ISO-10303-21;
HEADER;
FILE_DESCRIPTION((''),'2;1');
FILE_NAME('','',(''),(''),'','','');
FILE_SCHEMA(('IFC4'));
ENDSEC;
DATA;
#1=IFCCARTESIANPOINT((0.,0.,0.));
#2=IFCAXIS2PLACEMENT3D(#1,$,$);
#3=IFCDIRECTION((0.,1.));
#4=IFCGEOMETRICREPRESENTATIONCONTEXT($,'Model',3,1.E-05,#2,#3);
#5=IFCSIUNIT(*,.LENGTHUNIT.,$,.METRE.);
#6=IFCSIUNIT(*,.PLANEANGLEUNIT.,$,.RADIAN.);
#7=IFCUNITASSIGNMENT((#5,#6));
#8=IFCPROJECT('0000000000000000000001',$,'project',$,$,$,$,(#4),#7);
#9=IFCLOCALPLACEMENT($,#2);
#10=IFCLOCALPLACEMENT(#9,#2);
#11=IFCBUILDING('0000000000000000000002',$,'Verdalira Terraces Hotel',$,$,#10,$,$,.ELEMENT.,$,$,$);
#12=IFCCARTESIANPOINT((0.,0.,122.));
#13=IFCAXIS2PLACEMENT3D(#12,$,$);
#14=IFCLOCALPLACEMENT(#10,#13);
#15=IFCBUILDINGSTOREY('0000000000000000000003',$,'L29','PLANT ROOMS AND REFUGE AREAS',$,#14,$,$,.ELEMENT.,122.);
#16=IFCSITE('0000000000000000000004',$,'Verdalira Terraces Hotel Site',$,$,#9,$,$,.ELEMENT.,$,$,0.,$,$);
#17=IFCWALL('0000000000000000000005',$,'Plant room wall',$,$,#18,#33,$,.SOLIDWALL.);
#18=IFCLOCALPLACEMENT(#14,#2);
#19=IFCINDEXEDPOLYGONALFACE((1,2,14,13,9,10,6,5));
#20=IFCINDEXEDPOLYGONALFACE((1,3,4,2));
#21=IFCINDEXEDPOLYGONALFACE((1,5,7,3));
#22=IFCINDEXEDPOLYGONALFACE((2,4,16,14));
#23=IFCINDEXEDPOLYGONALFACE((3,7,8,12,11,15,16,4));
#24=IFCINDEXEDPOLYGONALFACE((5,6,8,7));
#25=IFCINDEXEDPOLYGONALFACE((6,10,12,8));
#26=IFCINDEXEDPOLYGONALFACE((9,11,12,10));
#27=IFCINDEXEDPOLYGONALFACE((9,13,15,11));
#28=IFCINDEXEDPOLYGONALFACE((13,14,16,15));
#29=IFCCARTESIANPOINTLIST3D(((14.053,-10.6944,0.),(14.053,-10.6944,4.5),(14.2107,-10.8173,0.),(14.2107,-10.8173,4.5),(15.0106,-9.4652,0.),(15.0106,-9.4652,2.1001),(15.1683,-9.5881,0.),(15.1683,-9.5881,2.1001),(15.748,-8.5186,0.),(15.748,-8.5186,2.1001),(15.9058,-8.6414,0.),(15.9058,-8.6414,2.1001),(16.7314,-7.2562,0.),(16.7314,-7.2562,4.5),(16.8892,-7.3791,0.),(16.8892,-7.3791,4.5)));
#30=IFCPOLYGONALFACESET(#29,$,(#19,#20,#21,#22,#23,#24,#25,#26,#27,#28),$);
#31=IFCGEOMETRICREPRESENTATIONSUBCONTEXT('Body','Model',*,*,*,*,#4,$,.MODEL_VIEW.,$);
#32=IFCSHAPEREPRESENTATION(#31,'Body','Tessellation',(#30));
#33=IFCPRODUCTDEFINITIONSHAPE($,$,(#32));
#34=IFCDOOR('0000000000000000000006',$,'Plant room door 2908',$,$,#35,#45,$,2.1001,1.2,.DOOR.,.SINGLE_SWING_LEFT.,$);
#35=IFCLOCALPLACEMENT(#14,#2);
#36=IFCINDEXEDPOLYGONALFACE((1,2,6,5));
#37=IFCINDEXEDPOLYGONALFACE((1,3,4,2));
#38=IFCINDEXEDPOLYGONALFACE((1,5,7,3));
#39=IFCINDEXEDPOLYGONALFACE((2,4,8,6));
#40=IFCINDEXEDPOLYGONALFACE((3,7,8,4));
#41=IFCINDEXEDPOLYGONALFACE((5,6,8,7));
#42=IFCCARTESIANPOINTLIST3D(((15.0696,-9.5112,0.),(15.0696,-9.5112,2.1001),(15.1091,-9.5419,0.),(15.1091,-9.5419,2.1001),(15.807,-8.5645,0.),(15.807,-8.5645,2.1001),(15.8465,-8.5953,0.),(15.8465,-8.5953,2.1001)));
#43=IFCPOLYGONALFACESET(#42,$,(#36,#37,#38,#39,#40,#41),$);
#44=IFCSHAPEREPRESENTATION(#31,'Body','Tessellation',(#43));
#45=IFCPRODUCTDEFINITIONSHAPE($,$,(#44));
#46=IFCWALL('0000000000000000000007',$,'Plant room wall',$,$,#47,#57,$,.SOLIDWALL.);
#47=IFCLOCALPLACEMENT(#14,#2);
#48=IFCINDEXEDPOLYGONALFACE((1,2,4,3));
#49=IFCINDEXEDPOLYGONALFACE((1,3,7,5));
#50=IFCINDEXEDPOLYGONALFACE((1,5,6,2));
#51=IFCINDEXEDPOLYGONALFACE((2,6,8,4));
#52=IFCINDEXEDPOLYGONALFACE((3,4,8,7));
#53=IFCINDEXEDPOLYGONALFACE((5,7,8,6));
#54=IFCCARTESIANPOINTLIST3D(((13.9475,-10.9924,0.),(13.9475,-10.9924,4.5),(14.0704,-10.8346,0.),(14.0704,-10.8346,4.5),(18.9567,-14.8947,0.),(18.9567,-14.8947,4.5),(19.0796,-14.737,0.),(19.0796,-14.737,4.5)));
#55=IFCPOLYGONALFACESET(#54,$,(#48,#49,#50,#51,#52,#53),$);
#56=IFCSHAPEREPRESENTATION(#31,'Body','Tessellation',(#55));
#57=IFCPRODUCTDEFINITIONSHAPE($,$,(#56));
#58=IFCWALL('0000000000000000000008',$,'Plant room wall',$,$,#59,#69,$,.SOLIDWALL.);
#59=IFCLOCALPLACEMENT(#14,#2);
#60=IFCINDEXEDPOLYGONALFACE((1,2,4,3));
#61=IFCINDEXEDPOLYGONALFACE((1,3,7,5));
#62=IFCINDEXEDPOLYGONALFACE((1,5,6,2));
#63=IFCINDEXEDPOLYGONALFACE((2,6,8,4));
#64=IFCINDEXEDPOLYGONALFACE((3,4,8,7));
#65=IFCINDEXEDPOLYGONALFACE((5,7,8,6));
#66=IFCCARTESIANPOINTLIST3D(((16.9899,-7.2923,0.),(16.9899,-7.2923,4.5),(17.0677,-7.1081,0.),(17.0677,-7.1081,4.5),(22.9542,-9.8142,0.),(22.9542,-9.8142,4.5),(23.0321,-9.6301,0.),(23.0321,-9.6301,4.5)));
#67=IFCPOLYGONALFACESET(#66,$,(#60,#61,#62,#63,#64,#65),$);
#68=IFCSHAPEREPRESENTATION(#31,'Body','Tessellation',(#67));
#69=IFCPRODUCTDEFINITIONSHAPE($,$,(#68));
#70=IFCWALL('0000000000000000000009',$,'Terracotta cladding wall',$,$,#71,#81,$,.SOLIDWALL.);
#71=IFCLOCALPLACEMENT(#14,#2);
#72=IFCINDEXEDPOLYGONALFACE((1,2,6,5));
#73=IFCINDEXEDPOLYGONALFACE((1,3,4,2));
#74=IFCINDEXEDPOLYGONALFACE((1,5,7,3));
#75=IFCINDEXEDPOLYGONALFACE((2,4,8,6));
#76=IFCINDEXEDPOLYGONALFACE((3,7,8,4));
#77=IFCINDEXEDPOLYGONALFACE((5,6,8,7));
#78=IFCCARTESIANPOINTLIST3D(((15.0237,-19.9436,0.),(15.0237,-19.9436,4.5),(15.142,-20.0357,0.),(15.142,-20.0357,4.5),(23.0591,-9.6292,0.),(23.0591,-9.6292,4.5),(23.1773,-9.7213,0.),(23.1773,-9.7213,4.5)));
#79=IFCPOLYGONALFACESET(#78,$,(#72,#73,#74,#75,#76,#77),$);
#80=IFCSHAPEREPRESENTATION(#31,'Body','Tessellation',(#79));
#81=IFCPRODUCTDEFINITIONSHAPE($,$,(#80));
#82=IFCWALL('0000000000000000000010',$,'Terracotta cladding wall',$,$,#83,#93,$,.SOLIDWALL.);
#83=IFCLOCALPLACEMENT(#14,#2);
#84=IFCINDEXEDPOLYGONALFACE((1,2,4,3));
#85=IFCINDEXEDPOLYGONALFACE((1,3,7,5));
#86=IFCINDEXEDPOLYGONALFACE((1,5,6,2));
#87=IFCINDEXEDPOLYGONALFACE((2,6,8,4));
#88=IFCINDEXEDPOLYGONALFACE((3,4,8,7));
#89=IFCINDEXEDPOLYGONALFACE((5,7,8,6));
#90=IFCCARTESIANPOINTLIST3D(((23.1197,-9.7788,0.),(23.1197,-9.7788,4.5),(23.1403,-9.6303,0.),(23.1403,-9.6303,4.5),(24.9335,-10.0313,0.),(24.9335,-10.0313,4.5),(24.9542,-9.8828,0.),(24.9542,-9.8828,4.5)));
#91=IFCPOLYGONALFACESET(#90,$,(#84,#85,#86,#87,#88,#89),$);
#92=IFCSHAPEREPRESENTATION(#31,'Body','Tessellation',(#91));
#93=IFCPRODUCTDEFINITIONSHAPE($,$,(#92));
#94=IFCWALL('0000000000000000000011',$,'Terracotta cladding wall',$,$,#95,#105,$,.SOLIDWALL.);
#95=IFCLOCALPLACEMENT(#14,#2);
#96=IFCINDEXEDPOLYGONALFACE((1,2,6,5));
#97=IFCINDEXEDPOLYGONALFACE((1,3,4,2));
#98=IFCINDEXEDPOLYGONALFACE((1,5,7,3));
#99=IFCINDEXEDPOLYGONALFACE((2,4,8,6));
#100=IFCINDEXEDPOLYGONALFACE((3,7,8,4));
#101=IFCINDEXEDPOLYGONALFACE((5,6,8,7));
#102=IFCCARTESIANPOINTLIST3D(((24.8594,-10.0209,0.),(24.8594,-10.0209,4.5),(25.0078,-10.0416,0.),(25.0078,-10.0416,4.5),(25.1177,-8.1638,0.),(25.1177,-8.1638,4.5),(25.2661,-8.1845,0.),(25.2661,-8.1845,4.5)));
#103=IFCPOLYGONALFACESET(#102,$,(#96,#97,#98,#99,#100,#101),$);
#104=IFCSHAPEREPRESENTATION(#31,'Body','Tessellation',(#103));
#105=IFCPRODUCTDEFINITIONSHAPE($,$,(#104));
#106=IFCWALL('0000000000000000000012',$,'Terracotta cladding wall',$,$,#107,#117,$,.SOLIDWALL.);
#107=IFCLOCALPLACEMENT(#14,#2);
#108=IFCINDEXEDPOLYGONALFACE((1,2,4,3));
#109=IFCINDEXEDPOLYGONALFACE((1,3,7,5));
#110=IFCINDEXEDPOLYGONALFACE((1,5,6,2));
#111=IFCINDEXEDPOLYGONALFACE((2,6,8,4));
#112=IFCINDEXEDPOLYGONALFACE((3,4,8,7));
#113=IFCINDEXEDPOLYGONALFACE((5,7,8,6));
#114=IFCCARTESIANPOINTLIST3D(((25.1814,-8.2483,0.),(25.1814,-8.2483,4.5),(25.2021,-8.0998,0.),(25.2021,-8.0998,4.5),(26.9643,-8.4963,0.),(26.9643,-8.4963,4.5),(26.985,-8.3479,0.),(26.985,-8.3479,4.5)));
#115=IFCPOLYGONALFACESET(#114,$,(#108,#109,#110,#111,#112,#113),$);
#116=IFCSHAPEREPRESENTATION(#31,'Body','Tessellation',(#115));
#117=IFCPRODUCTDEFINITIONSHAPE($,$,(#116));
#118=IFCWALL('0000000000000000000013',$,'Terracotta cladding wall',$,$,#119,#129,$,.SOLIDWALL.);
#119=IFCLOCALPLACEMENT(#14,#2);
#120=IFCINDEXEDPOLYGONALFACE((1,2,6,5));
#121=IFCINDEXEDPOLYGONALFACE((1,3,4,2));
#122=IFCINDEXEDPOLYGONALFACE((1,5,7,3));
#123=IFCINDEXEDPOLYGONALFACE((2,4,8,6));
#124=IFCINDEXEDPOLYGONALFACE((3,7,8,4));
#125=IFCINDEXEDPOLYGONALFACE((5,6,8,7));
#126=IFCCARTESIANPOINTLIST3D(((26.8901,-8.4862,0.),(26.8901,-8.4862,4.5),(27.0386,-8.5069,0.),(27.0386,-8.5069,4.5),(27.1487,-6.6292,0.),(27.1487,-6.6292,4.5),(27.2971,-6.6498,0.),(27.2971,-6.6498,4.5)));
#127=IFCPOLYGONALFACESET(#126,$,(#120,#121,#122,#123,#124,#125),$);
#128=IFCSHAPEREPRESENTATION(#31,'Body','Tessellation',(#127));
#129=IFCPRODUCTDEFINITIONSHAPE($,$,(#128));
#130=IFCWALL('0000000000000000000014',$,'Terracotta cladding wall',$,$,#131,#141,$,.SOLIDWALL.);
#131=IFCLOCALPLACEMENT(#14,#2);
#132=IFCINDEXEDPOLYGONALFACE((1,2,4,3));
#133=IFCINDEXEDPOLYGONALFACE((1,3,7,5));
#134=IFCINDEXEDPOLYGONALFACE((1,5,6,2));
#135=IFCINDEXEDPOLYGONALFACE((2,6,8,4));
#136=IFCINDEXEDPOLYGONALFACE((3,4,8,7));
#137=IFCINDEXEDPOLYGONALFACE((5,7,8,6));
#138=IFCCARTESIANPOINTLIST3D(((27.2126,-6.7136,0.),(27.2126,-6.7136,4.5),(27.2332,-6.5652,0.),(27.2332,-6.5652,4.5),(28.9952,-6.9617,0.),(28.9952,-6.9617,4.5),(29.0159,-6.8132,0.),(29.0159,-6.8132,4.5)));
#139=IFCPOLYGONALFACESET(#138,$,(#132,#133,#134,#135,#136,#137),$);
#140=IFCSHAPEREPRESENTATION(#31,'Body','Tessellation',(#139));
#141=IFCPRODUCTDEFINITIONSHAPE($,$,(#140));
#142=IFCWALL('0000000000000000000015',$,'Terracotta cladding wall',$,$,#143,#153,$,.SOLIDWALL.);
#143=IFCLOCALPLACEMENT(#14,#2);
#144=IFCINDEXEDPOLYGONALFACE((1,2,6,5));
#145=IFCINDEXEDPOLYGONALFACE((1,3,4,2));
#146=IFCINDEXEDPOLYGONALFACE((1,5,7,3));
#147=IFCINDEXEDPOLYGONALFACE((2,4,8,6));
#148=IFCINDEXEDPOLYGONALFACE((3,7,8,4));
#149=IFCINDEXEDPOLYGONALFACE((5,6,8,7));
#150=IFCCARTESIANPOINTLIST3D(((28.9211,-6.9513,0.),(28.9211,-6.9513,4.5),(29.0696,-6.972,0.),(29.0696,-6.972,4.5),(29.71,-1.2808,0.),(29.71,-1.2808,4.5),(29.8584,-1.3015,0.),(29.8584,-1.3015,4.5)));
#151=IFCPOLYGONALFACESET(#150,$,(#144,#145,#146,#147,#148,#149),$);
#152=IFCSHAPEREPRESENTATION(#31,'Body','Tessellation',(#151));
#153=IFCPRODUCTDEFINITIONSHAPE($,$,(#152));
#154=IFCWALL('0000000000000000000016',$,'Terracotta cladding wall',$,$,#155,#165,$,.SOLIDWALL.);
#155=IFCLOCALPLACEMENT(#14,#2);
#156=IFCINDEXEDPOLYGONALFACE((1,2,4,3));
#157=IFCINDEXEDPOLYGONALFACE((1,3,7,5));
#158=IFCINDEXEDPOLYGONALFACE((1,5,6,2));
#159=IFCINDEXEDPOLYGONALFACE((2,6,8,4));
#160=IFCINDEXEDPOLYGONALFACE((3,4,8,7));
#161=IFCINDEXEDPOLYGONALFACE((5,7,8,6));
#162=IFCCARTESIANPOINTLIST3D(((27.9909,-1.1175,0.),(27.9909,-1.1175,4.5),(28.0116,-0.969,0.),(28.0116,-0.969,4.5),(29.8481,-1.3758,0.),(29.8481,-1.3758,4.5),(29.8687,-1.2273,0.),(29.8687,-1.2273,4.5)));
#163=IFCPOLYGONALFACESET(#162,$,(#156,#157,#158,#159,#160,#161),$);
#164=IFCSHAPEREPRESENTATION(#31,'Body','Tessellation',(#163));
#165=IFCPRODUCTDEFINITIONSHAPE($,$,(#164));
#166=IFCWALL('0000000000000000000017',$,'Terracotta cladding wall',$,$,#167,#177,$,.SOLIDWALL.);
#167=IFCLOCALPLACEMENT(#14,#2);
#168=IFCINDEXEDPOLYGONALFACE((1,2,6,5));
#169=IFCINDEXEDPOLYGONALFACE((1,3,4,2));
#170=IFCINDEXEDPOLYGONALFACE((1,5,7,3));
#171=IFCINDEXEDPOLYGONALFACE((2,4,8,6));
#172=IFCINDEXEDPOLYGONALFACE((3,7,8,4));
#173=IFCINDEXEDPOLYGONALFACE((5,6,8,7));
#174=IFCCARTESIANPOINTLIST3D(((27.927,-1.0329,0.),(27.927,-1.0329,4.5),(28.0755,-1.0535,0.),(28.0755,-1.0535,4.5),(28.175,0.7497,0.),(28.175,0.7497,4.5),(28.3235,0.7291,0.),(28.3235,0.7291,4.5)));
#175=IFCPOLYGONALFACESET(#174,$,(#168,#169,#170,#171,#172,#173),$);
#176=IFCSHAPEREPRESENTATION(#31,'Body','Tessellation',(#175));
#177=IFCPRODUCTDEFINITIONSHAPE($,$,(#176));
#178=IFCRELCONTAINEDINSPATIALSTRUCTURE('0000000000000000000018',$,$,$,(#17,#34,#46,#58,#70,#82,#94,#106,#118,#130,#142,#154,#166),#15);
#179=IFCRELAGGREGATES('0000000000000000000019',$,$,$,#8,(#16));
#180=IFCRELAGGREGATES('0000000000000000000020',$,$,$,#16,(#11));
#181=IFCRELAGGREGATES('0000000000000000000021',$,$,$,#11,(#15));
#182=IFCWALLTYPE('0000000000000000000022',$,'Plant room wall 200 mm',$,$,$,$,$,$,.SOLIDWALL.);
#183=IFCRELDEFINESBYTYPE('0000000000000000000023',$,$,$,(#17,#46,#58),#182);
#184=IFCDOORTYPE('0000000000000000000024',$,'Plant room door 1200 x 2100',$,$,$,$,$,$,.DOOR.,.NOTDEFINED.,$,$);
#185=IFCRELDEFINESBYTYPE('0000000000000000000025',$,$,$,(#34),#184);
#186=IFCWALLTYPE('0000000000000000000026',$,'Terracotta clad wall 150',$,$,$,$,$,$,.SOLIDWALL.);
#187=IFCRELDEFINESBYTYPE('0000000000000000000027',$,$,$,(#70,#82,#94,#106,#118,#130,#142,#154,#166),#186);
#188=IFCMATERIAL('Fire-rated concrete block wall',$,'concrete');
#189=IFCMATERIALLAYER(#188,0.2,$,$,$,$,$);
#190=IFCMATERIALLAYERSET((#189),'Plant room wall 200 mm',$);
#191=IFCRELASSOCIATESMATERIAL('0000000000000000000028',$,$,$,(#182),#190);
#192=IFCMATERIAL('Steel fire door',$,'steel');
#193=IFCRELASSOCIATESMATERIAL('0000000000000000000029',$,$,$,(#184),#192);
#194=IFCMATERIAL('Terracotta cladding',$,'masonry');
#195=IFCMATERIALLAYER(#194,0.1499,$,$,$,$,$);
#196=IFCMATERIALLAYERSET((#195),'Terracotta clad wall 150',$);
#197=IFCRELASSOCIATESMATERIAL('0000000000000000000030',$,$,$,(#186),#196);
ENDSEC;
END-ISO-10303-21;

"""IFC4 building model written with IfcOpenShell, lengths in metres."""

from ifc_helpers import new_model, si_unit, direction, frame, frame_2d, origin, place, context, subcontext, project, spatial, rectangle, extrude, material, layer, layer_set, type_object, element, fill, save


model = new_model("IFC4")

# Units and contexts
model_context = context("Model", 3, precision=1e-05, world=origin(), true_north=direction((0.0, 1.0)))
body_context = subcontext(model_context, "Body", "Model", "MODEL_VIEW")
ifc_project = project(units=[si_unit("LENGTHUNIT", "METRE"), si_unit("PLANEANGLEUNIT", "RADIAN")], contexts=[model_context])

# Site, building, storey
site_placement = place(None, origin())
site = spatial("IfcSite", under=ifc_project, at=site_placement, Name="Verdalira Terraces Hotel Site", CompositionType="ELEMENT", RefElevation=0.0)
building_placement = place(site_placement, origin())
building = spatial("IfcBuilding", under=site, at=building_placement, Name="Verdalira Terraces Hotel", CompositionType="ELEMENT")
storey_placement = place(building_placement, frame((0.0, 0.0, 122.0)))
storey = spatial("IfcBuildingStorey", under=building, at=storey_placement, Name="L29", Description="PLANT ROOMS AND REFUGE AREAS", CompositionType="ELEMENT", Elevation=122.0)

# Shared definitions
ifc_material_1 = material(Name="Fire-rated concrete block wall", Category="concrete")
ifc_layer_1 = layer(ifc_material_1, 0.2)
ifc_layer_set_1 = layer_set([ifc_layer_1], Name="Plant room wall 200 mm")
wall_type_1 = type_object("IfcWallType", Name="Plant room wall 200 mm", PredefinedType="SOLIDWALL", material=ifc_layer_set_1)

# Wall, opening, door
wall_1_placement = place(storey_placement, frame((16.8103, -7.3176, 0.0), z_axis=(0.0, 0.0, 1.0), x_axis=(-0.614553, -0.788875, 0.0)))
wall_1 = element("IfcWall", 1, at=wall_1_placement, inside=storey, type_object=wall_type_1, Name="Plant room wall", PredefinedType="SOLIDWALL", context=body_context, shape_type="SweptSolid", body=[
    extrude(rectangle(XDim=4.3584, YDim=0.2, at=frame_2d((2.1792, 0.0))), origin(), (0.0, 0.0, 1.0), 4.5),
])
opening_placement = place(wall_1_placement, frame((1.6001, 0.0, 0.0)))
opening = element("IfcOpeningElement", 2, at=opening_placement, cuts=wall_1, PredefinedType="OPENING", context=body_context, shape_type="SweptSolid", body=[
    extrude(rectangle(XDim=1.2, YDim=2.1001, at=frame_2d((0.6001, 1.05))), frame((0.0, 0.1099, 0.0), z_axis=(0.0, -1.0, 0.0), x_axis=(1.0, 0.0, 0.0)), (0.0, 0.0, 1.0), 0.22),
])
ifc_material_2 = material(Name="Steel fire door", Category="steel")
door_type = type_object("IfcDoorType", Name="Plant room door 1200 x 2100", OperationType="NOTDEFINED", PredefinedType="DOOR", material=ifc_material_2)
door_placement = place(opening_placement, origin())
door = element("IfcDoor", 3, at=door_placement, inside=storey, type_object=door_type, Name="Plant room door 2908", OperationType="SINGLE_SWING_LEFT", OverallHeight=2.1001, OverallWidth=1.2, PredefinedType="DOOR", context=body_context, shape_type="SweptSolid", body=[
    extrude(rectangle(XDim=1.2, YDim=2.1001, at=frame_2d((0.6001, 1.05))), frame((0.0, 0.0249, 0.0), z_axis=(0.0, -1.0, 0.0), x_axis=(1.0, 0.0, 0.0)), (0.0, 0.0, 1.0), 0.05),
])
fill(opening, door)

# Walls
wall_2_placement = place(storey_placement, frame((14.009, -10.9136, 0.0), z_axis=(0.0, 0.0, 1.0), x_axis=(0.788876, -0.614553, 0.0)))
element("IfcWall", 4, at=wall_2_placement, inside=storey, type_object=wall_type_1, Name="Plant room wall", PredefinedType="SOLIDWALL", context=body_context, shape_type="SweptSolid", body=[
    extrude(rectangle(XDim=6.3499, YDim=0.2, at=frame_2d((3.1748, 0.0))), origin(), (0.0, 0.0, 1.0), 4.5),
])
wall_3_placement = place(storey_placement, frame((17.0288, -7.2002, 0.0), z_axis=(0.0, 0.0, 1.0), x_axis=(0.921045, -0.389455, 0.0)))
element("IfcWall", 5, at=wall_3_placement, inside=storey, type_object=wall_type_1, Name="Plant room wall", PredefinedType="SOLIDWALL", context=body_context, shape_type="SweptSolid", body=[
    extrude(rectangle(XDim=6.4756, YDim=0.2, at=frame_2d((3.2378, 0.0))), origin(), (0.0, 0.0, 1.0), 4.5),
])
ifc_material_3 = material(Name="Terracotta cladding", Category="masonry")
ifc_layer_2 = layer(ifc_material_3, 0.1499)
ifc_layer_set_2 = layer_set([ifc_layer_2], Name="Terracotta clad wall 150")
wall_type_2 = type_object("IfcWallType", Name="Terracotta clad wall 150", PredefinedType="SOLIDWALL", material=ifc_layer_set_2)
wall_4_placement = place(storey_placement, frame((15.0828, -19.9897, 0.0), z_axis=(0.0, 0.0, 1.0), x_axis=(0.614562, 0.788868, 0.0)))
element("IfcWall", 6, at=wall_4_placement, inside=storey, type_object=wall_type_2, Name="Terracotta cladding wall", PredefinedType="SOLIDWALL", context=body_context, shape_type="SweptSolid", body=[
    extrude(rectangle(XDim=13.075, YDim=0.1499, at=frame_2d((6.5376, 0.0))), origin(), (0.0, 0.0, 1.0), 4.5),
])
wall_5_placement = place(storey_placement, frame((23.1301, -9.7046, 0.0), z_axis=(0.0, 0.0, 1.0), x_axis=(0.990452, -0.137855, 0.0)))
element("IfcWall", 7, at=wall_5_placement, inside=storey, type_object=wall_type_2, Name="Terracotta cladding wall", PredefinedType="SOLIDWALL", context=body_context, shape_type="SweptSolid", body=[
    extrude(rectangle(XDim=1.8313, YDim=0.1499, at=frame_2d((0.9155, 0.0))), origin(), (0.0, 0.0, 1.0), 4.5),
])
wall_6_placement = place(storey_placement, frame((24.9336, -10.0312, 0.0), z_axis=(0.0, 0.0, 1.0), x_axis=(0.137756, 0.990466, 0.0)))
element("IfcWall", 8, at=wall_6_placement, inside=storey, type_object=wall_type_2, Name="Terracotta cladding wall", PredefinedType="SOLIDWALL", context=body_context, shape_type="SweptSolid", body=[
    extrude(rectangle(XDim=1.875, YDim=0.1499, at=frame_2d((0.9375, 0.0))), origin(), (0.0, 0.0, 1.0), 4.5),
])
wall_7_placement = place(storey_placement, frame((25.1919, -8.1741, 0.0), z_axis=(0.0, 0.0, 1.0), x_axis=(0.990461, -0.137794, 0.0)))
element("IfcWall", 9, at=wall_7_placement, inside=storey, type_object=wall_type_2, Name="Terracotta cladding wall", PredefinedType="SOLIDWALL", context=body_context, shape_type="SweptSolid", body=[
    extrude(rectangle(XDim=1.8, YDim=0.1499, at=frame_2d((0.8999, 0.0))), origin(), (0.0, 0.0, 1.0), 4.5),
])
wall_8_placement = place(storey_placement, frame((26.9644, -8.4966, 0.0), z_axis=(0.0, 0.0, 1.0), x_axis=(0.137884, 0.990448, 0.0)))
element("IfcWall", 10, at=wall_8_placement, inside=storey, type_object=wall_type_2, Name="Terracotta cladding wall", PredefinedType="SOLIDWALL", context=body_context, shape_type="SweptSolid", body=[
    extrude(rectangle(XDim=1.875, YDim=0.1499, at=frame_2d((0.9375, 0.0))), origin(), (0.0, 0.0, 1.0), 4.5),
])
wall_9_placement = place(storey_placement, frame((27.2229, -6.6394, 0.0), z_axis=(0.0, 0.0, 1.0), x_axis=(0.990458, -0.137812, 0.0)))
element("IfcWall", 11, at=wall_9_placement, inside=storey, type_object=wall_type_2, Name="Terracotta cladding wall", PredefinedType="SOLIDWALL", context=body_context, shape_type="SweptSolid", body=[
    extrude(rectangle(XDim=1.7998, YDim=0.1499, at=frame_2d((0.8999, 0.0))), origin(), (0.0, 0.0, 1.0), 4.5),
])
wall_10_placement = place(storey_placement, frame((28.9954, -6.9617, 0.0), z_axis=(0.0, 0.0, 1.0), x_axis=(0.137785, 0.990462, 0.0)))
element("IfcWall", 12, at=wall_10_placement, inside=storey, type_object=wall_type_2, Name="Terracotta cladding wall", PredefinedType="SOLIDWALL", context=body_context, shape_type="SweptSolid", body=[
    extrude(rectangle(XDim=5.7251, YDim=0.1499, at=frame_2d((2.8625, 0.0))), origin(), (0.0, 0.0, 1.0), 4.5),
])
wall_11_placement = place(storey_placement, frame((29.8584, -1.3015, 0.0), z_axis=(0.0, 0.0, 1.0), x_axis=(-0.990466, 0.137756, 0.0)))
element("IfcWall", 13, at=wall_11_placement, inside=storey, type_object=wall_type_2, Name="Terracotta cladding wall", PredefinedType="SOLIDWALL", context=body_context, shape_type="SweptSolid", body=[
    extrude(rectangle(XDim=1.875, YDim=0.1499, at=frame_2d((0.9375, 0.0))), origin(), (0.0, 0.0, 1.0), 4.5),
])
wall_12_placement = place(storey_placement, frame((28.0012, -1.0432, 0.0), z_axis=(0.0, 0.0, 1.0), x_axis=(0.137812, 0.990458, 0.0)))
element("IfcWall", 14, at=wall_12_placement, inside=storey, type_object=wall_type_2, Name="Terracotta cladding wall", PredefinedType="SOLIDWALL", context=body_context, shape_type="SweptSolid", body=[
    extrude(rectangle(XDim=1.7998, YDim=0.1499, at=frame_2d((0.8999, 0.0))), origin(), (0.0, 0.0, 1.0), 4.5),
])

save(model, "model.ifc")
